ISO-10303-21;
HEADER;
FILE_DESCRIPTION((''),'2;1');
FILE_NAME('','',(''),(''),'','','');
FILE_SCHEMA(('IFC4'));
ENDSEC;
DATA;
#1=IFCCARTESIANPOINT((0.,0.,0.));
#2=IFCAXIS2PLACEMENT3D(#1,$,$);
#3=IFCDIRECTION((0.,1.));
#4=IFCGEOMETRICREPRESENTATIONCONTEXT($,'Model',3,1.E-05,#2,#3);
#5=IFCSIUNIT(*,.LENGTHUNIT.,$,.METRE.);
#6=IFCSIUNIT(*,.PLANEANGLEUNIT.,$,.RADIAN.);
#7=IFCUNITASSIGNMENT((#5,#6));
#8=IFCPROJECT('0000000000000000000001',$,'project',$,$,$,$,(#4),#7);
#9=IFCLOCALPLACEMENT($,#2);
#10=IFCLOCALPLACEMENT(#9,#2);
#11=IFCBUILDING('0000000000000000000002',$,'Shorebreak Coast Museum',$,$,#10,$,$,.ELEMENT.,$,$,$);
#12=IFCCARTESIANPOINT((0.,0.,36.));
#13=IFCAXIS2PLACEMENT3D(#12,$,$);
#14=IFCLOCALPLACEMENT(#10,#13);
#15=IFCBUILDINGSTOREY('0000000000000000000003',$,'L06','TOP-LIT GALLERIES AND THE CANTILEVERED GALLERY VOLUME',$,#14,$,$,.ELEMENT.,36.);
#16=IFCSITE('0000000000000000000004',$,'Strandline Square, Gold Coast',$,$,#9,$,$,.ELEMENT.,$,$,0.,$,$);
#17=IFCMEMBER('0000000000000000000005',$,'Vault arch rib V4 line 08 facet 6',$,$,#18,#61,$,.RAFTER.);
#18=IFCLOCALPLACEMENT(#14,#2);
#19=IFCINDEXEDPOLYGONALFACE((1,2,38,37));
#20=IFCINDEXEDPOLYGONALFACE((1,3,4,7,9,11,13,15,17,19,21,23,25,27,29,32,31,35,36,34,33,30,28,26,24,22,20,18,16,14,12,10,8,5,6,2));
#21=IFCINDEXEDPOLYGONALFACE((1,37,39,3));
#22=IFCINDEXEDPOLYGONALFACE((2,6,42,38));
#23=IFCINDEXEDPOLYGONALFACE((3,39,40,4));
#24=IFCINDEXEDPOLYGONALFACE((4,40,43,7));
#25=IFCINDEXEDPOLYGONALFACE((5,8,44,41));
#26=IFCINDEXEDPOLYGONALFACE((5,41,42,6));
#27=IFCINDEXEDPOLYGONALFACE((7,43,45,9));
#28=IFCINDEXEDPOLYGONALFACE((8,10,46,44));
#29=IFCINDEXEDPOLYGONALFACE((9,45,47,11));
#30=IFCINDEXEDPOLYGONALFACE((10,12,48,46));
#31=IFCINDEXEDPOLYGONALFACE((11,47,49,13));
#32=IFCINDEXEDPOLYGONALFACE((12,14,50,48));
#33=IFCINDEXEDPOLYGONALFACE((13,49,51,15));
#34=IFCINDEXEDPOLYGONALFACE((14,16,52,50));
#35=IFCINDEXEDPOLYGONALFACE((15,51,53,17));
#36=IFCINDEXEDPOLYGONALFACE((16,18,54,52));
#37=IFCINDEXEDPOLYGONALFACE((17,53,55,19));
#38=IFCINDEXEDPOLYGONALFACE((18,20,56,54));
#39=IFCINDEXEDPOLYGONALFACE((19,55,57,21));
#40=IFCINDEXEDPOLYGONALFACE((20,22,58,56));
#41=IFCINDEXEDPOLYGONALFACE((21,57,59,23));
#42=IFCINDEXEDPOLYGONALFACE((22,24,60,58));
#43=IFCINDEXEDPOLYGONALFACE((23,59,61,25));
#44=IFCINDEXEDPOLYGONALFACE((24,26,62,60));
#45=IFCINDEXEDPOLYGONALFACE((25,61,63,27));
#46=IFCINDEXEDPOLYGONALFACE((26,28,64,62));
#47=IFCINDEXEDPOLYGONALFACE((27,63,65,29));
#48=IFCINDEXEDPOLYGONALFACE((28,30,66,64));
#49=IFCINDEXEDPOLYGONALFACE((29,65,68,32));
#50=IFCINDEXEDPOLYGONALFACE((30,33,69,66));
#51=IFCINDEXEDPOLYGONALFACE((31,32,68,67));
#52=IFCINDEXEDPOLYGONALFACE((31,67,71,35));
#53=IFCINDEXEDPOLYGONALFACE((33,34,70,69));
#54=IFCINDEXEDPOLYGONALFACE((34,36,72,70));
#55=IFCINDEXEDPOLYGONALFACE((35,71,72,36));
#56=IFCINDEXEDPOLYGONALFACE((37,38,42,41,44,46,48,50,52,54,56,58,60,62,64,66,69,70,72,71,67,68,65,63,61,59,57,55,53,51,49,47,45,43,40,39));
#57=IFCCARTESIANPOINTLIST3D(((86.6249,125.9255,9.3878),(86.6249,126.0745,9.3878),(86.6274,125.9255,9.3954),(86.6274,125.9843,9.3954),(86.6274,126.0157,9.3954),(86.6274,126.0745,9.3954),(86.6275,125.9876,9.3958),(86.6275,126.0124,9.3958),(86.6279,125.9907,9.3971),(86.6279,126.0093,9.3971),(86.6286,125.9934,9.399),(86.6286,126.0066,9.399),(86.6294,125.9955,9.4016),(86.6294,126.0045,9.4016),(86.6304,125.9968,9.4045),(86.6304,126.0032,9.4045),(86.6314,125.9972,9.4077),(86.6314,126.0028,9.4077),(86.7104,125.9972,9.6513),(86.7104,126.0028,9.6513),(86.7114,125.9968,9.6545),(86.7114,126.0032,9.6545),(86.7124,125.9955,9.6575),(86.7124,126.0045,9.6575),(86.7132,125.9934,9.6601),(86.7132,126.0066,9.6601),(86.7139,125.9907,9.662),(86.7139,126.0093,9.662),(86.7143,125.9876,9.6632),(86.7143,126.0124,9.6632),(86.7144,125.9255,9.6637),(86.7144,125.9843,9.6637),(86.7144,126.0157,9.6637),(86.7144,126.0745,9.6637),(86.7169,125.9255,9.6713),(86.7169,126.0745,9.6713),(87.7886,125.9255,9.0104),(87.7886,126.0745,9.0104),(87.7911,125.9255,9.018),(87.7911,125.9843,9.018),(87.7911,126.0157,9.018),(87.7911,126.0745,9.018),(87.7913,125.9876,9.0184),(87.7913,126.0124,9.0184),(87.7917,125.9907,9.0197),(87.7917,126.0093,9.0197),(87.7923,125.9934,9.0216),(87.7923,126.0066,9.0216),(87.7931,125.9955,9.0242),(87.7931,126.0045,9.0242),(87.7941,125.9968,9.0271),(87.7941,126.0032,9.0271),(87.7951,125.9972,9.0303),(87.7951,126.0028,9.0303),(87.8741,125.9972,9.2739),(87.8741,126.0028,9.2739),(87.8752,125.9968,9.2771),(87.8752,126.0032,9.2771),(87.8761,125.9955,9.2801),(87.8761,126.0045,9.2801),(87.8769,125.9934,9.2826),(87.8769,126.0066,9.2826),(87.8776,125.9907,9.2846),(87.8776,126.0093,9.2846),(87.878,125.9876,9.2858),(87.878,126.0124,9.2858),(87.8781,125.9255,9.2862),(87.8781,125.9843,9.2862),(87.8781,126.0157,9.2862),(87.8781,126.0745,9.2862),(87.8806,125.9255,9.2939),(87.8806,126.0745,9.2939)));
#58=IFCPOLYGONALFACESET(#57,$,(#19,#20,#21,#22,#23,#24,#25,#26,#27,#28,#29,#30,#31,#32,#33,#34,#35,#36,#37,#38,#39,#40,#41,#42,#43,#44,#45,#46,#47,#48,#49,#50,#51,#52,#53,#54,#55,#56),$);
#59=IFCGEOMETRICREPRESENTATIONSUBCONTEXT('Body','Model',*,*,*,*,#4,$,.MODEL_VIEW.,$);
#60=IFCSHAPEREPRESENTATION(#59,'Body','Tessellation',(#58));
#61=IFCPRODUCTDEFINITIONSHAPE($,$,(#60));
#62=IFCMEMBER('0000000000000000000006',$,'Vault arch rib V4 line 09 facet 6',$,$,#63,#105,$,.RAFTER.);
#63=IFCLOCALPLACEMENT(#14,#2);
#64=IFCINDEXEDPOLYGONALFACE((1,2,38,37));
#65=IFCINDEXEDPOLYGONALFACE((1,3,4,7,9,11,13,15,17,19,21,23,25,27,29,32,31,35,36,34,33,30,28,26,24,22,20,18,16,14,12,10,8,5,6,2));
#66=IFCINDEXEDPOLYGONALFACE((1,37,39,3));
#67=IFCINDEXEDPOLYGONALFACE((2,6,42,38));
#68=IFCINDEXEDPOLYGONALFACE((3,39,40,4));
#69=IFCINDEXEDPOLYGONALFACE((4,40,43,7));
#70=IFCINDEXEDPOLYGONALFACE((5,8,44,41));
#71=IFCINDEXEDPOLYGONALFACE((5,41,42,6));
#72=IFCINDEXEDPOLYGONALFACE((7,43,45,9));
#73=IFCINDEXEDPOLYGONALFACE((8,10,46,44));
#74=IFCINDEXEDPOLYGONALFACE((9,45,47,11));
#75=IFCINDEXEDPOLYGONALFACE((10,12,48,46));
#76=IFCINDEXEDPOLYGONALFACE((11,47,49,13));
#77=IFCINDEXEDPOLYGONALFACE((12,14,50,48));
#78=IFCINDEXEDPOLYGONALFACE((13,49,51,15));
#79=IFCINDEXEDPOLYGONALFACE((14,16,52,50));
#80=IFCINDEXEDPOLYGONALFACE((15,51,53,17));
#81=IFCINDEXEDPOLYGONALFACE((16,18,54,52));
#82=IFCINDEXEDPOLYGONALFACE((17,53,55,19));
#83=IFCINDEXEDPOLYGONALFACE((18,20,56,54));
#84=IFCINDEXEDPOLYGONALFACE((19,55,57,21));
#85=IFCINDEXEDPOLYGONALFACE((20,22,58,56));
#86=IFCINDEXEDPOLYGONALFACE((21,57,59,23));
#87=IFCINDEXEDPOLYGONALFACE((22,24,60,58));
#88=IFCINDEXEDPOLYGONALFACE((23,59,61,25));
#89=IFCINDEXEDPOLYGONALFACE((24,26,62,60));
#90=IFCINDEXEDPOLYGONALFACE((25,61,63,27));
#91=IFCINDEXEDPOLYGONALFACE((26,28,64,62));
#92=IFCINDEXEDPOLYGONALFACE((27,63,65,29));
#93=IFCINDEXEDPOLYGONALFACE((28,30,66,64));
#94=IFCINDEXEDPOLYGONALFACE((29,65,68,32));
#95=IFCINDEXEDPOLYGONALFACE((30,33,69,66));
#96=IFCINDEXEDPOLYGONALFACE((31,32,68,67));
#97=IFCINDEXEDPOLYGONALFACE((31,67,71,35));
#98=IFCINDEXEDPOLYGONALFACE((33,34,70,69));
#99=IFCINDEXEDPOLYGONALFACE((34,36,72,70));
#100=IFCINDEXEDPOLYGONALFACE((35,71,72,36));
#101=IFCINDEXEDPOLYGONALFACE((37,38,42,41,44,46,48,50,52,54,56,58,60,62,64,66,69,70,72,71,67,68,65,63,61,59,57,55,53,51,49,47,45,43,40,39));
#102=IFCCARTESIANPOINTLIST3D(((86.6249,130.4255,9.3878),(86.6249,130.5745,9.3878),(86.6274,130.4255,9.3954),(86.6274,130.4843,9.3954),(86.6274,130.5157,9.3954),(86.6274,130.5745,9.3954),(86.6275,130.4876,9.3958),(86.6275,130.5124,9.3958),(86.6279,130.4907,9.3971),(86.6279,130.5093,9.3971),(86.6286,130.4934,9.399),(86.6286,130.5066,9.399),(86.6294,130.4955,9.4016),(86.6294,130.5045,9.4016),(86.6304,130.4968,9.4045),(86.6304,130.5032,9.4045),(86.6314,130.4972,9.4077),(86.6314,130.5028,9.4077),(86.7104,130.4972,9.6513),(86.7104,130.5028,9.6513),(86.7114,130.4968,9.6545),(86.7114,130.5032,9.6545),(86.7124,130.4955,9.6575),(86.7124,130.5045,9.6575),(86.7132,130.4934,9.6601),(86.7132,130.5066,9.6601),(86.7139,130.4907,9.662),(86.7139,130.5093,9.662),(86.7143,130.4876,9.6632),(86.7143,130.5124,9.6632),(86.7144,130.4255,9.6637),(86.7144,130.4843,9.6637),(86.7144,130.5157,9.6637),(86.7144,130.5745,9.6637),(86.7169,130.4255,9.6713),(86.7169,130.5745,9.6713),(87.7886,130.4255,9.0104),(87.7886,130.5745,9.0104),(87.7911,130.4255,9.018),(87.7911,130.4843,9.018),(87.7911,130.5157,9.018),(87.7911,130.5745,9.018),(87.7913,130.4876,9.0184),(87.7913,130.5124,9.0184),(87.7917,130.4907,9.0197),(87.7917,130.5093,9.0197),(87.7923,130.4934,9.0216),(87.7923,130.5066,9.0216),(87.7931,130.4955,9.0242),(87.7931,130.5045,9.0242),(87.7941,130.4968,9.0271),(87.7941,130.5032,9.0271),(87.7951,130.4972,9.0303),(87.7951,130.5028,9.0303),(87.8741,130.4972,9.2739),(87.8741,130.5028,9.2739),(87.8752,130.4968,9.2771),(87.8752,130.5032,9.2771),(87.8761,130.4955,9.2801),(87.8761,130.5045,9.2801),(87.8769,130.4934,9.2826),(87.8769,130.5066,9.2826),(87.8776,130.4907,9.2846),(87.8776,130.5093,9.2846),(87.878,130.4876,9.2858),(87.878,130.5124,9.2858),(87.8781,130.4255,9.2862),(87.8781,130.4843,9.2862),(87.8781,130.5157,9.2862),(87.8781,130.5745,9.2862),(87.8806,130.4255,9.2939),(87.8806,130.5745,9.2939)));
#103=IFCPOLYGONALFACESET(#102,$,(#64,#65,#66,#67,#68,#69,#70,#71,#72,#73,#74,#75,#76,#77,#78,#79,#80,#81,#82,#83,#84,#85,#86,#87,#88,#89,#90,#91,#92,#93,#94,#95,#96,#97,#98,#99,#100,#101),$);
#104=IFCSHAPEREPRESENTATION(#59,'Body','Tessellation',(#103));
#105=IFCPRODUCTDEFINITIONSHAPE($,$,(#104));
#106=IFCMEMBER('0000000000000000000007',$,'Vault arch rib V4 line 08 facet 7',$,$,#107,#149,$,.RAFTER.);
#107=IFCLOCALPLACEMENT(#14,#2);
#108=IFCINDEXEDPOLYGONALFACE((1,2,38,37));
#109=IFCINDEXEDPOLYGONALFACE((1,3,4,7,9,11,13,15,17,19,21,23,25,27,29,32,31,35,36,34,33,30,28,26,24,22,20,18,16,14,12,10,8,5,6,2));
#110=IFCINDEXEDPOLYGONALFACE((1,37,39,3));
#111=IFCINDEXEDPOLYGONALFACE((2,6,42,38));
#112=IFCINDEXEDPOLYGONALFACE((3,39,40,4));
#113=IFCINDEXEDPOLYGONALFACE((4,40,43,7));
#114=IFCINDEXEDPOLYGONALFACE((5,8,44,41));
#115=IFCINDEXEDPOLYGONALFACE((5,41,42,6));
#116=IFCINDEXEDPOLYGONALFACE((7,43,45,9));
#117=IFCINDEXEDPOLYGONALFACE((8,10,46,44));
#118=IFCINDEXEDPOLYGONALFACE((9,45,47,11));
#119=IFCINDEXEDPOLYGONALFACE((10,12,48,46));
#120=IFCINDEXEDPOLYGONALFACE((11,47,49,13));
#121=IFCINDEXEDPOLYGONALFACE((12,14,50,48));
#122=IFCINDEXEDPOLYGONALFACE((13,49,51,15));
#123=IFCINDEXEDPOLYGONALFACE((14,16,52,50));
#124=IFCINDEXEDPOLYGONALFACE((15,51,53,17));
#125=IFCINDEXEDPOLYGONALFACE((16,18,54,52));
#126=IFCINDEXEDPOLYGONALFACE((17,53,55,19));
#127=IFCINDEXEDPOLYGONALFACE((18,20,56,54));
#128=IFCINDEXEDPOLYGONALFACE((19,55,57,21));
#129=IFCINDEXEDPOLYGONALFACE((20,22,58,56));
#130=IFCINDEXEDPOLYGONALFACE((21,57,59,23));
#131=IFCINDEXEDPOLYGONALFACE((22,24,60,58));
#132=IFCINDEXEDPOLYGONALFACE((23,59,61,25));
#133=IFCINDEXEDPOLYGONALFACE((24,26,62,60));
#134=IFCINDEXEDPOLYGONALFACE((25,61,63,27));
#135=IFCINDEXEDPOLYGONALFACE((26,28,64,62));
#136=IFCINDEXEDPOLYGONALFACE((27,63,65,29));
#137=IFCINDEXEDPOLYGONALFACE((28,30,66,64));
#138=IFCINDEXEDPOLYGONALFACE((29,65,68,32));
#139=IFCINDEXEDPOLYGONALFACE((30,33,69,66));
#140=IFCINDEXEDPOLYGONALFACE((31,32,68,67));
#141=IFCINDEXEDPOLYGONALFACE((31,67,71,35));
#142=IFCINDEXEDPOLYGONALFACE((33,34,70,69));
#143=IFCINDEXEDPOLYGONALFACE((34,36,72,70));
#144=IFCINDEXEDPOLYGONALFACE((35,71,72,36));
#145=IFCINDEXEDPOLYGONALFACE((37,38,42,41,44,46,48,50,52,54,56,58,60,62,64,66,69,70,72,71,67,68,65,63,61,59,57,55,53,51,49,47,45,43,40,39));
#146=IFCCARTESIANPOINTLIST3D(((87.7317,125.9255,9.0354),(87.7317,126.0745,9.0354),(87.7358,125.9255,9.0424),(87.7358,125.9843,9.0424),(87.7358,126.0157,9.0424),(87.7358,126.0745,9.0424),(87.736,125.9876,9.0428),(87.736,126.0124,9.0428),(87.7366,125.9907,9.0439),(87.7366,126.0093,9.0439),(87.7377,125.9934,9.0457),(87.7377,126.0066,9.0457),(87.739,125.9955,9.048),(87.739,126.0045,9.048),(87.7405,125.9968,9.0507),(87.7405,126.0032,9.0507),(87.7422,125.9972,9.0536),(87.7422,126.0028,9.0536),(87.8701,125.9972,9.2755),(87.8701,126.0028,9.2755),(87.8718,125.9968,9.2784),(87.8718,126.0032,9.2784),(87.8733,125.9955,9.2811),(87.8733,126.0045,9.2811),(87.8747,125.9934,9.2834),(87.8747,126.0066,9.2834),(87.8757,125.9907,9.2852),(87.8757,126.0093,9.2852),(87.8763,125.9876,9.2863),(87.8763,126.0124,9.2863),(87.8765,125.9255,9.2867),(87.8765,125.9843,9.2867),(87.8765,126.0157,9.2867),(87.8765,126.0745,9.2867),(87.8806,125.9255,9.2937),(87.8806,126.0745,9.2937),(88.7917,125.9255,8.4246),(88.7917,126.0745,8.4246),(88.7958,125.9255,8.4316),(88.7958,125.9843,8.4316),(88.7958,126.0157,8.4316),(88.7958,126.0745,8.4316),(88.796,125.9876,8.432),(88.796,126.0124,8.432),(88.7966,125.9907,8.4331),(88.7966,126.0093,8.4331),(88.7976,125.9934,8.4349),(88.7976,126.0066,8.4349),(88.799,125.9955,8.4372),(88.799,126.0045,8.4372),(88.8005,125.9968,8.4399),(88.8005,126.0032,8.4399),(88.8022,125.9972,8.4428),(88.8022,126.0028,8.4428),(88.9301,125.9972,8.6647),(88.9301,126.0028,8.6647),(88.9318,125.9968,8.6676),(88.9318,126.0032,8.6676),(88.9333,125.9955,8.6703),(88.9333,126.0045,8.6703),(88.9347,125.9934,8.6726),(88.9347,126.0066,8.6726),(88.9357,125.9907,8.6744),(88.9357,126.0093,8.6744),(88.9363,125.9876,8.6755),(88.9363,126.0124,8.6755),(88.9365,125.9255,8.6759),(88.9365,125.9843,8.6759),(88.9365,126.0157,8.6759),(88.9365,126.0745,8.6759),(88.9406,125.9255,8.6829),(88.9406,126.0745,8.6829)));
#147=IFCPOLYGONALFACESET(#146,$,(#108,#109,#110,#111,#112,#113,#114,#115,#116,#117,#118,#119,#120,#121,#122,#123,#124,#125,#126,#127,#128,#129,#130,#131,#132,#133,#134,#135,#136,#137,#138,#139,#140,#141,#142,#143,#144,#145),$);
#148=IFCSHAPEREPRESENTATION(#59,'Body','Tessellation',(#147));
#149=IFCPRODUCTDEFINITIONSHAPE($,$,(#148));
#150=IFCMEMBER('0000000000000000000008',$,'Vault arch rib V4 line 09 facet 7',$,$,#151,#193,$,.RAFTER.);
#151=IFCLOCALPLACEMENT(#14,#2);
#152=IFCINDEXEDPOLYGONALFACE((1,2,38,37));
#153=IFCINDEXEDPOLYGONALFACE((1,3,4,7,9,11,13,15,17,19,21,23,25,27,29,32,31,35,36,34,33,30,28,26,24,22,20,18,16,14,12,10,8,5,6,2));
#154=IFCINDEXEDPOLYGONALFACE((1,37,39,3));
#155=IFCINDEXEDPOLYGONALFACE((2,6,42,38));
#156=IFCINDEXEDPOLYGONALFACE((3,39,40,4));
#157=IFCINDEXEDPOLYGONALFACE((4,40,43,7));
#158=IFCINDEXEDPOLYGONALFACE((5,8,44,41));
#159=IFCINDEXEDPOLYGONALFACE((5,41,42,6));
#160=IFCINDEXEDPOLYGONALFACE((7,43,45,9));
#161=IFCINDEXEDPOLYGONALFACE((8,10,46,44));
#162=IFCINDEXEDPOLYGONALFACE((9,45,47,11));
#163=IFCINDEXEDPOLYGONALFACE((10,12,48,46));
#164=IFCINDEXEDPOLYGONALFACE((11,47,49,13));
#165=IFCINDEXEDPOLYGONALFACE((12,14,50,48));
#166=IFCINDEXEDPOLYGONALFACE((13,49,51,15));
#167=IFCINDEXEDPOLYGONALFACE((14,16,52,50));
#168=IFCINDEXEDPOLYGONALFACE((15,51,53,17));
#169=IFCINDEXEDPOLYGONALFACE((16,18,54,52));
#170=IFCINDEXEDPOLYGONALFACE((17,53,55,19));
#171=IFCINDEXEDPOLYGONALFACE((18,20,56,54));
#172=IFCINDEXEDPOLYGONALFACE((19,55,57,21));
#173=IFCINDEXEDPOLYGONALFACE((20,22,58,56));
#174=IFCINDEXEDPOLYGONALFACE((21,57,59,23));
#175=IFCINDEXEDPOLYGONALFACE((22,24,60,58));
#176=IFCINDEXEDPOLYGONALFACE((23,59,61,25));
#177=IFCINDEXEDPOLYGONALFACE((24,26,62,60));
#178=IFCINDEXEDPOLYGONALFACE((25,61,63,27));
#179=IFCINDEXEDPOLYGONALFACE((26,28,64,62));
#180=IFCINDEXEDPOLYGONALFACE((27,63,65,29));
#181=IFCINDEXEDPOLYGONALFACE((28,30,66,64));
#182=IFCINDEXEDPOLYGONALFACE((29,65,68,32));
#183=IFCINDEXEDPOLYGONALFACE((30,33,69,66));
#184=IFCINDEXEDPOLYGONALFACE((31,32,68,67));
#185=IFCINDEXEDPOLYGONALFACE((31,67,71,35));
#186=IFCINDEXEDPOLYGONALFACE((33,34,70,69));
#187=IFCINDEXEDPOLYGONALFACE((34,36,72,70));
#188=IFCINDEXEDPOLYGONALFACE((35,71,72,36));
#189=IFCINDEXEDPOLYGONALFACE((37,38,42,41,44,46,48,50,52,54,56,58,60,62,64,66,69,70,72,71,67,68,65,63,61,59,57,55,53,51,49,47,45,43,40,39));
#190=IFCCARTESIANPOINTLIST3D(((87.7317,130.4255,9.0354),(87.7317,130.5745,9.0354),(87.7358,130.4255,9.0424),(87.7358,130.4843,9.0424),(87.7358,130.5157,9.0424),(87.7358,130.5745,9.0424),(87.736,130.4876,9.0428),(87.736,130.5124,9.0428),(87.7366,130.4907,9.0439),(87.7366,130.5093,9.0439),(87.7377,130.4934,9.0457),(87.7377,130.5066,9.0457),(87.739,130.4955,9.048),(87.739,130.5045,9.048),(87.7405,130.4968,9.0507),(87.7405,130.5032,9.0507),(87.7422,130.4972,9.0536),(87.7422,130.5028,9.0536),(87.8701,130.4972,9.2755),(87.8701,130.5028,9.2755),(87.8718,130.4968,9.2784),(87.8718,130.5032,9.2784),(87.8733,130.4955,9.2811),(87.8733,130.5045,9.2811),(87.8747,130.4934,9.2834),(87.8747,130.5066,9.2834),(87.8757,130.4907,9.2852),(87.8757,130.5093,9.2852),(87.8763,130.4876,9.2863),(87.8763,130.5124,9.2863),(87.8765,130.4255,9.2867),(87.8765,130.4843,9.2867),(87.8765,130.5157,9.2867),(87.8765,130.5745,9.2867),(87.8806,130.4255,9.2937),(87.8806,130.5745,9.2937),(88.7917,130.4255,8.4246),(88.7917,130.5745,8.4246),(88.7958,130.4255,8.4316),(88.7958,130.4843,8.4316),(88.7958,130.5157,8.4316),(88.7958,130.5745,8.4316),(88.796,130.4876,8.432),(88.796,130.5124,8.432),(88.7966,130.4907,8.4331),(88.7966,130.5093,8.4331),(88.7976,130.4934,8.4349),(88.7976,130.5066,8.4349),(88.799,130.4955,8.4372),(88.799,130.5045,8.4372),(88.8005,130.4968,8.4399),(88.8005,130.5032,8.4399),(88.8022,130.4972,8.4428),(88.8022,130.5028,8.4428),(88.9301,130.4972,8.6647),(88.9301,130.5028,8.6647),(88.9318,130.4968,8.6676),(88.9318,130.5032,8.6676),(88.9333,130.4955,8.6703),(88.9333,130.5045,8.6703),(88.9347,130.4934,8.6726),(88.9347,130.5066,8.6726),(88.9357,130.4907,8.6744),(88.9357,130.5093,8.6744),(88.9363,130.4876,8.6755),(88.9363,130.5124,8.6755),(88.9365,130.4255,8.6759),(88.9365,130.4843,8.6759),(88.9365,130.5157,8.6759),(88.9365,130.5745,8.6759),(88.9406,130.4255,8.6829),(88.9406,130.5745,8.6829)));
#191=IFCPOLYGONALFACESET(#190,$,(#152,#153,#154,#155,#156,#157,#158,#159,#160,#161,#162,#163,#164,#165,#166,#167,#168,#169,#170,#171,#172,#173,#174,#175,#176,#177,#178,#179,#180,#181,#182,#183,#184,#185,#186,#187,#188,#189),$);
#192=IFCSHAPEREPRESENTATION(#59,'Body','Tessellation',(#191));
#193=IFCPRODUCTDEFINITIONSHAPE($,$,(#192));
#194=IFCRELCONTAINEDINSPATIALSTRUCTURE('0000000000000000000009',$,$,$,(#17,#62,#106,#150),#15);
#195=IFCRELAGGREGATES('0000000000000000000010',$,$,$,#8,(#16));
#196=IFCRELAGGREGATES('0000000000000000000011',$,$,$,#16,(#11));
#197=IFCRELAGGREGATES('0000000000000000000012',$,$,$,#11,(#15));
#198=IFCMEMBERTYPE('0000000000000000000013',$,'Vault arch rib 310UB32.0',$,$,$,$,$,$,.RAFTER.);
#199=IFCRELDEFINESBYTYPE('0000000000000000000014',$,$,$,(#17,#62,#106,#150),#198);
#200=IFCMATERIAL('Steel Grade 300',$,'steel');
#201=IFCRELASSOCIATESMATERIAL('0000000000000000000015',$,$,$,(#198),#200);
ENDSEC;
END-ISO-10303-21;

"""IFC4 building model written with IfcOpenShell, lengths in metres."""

from ifc_helpers import new_model, si_unit, direction, frame, origin, origin_2d, place, context, subcontext, project, spatial, i_section, extrude, material, material_profile, profile_set, type_object, element, save


model = new_model("IFC4")

# Units and contexts
model_context = context("Model", 3, precision=1e-05, world=origin(), true_north=direction((0.0, 1.0)))
body_context = subcontext(model_context, "Body", "Model", "MODEL_VIEW")
ifc_project = project(units=[si_unit("LENGTHUNIT", "METRE"), si_unit("PLANEANGLEUNIT", "RADIAN")], contexts=[model_context])

# Site, building, storey
site_placement = place(None, origin())
site = spatial("IfcSite", under=ifc_project, at=site_placement, Name="Strandline Square, Gold Coast", CompositionType="ELEMENT", RefElevation=0.0)
building_placement = place(site_placement, origin())
building = spatial("IfcBuilding", under=site, at=building_placement, Name="Shorebreak Coast Museum", CompositionType="ELEMENT")
storey_placement = place(building_placement, frame((0.0, 0.0, 36.0)))
storey = spatial("IfcBuildingStorey", under=building, at=storey_placement, Name="L06", Description="TOP-LIT GALLERIES AND THE CANTILEVERED GALLERY VOLUME", CompositionType="ELEMENT", Elevation=36.0)

# Members
ifc_material_1 = material(Name="Steel Grade 300", Category="steel")
ifc_material_profile_1 = material_profile(ifc_material_1, i_section(OverallWidth=0.1489, OverallDepth=0.2981, WebThickness=0.0056, FlangeThickness=0.0081, FilletRadius=0.0129, at=origin_2d()), Name="310UB32.0")
ifc_profile_set_1 = profile_set([ifc_material_profile_1], Name="Steel Grade 300")
member_type_1 = type_object("IfcMemberType", Name="Vault arch rib 310UB32.0", PredefinedType="RAFTER", material=ifc_profile_set_1)
for number, where, z_axis, x_axis, name in (
    (1, (86.6709, 126.0, 9.5295), (0.951226, 0.0, -0.308495), (0.0, 1.0, 0.0), "Vault arch rib V4 line 08 facet 6"),
    (2, (86.6709, 130.5, 9.5295), (0.951226, 0.0, -0.308495), (0.0, 1.0, 0.0), "Vault arch rib V4 line 09 facet 6"),
    (3, (87.8062, 126.0, 9.1646), (0.866445, 0.0, -0.499273), (0.0, 1.0, 0.0), "Vault arch rib V4 line 08 facet 7"),
    (4, (87.8062, 130.5, 9.1646), (0.866445, 0.0, -0.499273), (0.0, 1.0, 0.0), "Vault arch rib V4 line 09 facet 7"),
):
    element("IfcMember", number, at=place(storey_placement, frame(where, z_axis=z_axis, x_axis=x_axis)), inside=storey, type_object=member_type_1, Name=name, PredefinedType="RAFTER", context=body_context, shape_type="SweptSolid", body=[
        extrude(i_section(OverallWidth=0.1489, OverallDepth=0.2981, WebThickness=0.0056, FlangeThickness=0.0081, FilletRadius=0.0129, at=origin_2d()), origin(), (0.0, 0.0, 1.0), 1.2234),
    ])

save(model, "model.ifc")
